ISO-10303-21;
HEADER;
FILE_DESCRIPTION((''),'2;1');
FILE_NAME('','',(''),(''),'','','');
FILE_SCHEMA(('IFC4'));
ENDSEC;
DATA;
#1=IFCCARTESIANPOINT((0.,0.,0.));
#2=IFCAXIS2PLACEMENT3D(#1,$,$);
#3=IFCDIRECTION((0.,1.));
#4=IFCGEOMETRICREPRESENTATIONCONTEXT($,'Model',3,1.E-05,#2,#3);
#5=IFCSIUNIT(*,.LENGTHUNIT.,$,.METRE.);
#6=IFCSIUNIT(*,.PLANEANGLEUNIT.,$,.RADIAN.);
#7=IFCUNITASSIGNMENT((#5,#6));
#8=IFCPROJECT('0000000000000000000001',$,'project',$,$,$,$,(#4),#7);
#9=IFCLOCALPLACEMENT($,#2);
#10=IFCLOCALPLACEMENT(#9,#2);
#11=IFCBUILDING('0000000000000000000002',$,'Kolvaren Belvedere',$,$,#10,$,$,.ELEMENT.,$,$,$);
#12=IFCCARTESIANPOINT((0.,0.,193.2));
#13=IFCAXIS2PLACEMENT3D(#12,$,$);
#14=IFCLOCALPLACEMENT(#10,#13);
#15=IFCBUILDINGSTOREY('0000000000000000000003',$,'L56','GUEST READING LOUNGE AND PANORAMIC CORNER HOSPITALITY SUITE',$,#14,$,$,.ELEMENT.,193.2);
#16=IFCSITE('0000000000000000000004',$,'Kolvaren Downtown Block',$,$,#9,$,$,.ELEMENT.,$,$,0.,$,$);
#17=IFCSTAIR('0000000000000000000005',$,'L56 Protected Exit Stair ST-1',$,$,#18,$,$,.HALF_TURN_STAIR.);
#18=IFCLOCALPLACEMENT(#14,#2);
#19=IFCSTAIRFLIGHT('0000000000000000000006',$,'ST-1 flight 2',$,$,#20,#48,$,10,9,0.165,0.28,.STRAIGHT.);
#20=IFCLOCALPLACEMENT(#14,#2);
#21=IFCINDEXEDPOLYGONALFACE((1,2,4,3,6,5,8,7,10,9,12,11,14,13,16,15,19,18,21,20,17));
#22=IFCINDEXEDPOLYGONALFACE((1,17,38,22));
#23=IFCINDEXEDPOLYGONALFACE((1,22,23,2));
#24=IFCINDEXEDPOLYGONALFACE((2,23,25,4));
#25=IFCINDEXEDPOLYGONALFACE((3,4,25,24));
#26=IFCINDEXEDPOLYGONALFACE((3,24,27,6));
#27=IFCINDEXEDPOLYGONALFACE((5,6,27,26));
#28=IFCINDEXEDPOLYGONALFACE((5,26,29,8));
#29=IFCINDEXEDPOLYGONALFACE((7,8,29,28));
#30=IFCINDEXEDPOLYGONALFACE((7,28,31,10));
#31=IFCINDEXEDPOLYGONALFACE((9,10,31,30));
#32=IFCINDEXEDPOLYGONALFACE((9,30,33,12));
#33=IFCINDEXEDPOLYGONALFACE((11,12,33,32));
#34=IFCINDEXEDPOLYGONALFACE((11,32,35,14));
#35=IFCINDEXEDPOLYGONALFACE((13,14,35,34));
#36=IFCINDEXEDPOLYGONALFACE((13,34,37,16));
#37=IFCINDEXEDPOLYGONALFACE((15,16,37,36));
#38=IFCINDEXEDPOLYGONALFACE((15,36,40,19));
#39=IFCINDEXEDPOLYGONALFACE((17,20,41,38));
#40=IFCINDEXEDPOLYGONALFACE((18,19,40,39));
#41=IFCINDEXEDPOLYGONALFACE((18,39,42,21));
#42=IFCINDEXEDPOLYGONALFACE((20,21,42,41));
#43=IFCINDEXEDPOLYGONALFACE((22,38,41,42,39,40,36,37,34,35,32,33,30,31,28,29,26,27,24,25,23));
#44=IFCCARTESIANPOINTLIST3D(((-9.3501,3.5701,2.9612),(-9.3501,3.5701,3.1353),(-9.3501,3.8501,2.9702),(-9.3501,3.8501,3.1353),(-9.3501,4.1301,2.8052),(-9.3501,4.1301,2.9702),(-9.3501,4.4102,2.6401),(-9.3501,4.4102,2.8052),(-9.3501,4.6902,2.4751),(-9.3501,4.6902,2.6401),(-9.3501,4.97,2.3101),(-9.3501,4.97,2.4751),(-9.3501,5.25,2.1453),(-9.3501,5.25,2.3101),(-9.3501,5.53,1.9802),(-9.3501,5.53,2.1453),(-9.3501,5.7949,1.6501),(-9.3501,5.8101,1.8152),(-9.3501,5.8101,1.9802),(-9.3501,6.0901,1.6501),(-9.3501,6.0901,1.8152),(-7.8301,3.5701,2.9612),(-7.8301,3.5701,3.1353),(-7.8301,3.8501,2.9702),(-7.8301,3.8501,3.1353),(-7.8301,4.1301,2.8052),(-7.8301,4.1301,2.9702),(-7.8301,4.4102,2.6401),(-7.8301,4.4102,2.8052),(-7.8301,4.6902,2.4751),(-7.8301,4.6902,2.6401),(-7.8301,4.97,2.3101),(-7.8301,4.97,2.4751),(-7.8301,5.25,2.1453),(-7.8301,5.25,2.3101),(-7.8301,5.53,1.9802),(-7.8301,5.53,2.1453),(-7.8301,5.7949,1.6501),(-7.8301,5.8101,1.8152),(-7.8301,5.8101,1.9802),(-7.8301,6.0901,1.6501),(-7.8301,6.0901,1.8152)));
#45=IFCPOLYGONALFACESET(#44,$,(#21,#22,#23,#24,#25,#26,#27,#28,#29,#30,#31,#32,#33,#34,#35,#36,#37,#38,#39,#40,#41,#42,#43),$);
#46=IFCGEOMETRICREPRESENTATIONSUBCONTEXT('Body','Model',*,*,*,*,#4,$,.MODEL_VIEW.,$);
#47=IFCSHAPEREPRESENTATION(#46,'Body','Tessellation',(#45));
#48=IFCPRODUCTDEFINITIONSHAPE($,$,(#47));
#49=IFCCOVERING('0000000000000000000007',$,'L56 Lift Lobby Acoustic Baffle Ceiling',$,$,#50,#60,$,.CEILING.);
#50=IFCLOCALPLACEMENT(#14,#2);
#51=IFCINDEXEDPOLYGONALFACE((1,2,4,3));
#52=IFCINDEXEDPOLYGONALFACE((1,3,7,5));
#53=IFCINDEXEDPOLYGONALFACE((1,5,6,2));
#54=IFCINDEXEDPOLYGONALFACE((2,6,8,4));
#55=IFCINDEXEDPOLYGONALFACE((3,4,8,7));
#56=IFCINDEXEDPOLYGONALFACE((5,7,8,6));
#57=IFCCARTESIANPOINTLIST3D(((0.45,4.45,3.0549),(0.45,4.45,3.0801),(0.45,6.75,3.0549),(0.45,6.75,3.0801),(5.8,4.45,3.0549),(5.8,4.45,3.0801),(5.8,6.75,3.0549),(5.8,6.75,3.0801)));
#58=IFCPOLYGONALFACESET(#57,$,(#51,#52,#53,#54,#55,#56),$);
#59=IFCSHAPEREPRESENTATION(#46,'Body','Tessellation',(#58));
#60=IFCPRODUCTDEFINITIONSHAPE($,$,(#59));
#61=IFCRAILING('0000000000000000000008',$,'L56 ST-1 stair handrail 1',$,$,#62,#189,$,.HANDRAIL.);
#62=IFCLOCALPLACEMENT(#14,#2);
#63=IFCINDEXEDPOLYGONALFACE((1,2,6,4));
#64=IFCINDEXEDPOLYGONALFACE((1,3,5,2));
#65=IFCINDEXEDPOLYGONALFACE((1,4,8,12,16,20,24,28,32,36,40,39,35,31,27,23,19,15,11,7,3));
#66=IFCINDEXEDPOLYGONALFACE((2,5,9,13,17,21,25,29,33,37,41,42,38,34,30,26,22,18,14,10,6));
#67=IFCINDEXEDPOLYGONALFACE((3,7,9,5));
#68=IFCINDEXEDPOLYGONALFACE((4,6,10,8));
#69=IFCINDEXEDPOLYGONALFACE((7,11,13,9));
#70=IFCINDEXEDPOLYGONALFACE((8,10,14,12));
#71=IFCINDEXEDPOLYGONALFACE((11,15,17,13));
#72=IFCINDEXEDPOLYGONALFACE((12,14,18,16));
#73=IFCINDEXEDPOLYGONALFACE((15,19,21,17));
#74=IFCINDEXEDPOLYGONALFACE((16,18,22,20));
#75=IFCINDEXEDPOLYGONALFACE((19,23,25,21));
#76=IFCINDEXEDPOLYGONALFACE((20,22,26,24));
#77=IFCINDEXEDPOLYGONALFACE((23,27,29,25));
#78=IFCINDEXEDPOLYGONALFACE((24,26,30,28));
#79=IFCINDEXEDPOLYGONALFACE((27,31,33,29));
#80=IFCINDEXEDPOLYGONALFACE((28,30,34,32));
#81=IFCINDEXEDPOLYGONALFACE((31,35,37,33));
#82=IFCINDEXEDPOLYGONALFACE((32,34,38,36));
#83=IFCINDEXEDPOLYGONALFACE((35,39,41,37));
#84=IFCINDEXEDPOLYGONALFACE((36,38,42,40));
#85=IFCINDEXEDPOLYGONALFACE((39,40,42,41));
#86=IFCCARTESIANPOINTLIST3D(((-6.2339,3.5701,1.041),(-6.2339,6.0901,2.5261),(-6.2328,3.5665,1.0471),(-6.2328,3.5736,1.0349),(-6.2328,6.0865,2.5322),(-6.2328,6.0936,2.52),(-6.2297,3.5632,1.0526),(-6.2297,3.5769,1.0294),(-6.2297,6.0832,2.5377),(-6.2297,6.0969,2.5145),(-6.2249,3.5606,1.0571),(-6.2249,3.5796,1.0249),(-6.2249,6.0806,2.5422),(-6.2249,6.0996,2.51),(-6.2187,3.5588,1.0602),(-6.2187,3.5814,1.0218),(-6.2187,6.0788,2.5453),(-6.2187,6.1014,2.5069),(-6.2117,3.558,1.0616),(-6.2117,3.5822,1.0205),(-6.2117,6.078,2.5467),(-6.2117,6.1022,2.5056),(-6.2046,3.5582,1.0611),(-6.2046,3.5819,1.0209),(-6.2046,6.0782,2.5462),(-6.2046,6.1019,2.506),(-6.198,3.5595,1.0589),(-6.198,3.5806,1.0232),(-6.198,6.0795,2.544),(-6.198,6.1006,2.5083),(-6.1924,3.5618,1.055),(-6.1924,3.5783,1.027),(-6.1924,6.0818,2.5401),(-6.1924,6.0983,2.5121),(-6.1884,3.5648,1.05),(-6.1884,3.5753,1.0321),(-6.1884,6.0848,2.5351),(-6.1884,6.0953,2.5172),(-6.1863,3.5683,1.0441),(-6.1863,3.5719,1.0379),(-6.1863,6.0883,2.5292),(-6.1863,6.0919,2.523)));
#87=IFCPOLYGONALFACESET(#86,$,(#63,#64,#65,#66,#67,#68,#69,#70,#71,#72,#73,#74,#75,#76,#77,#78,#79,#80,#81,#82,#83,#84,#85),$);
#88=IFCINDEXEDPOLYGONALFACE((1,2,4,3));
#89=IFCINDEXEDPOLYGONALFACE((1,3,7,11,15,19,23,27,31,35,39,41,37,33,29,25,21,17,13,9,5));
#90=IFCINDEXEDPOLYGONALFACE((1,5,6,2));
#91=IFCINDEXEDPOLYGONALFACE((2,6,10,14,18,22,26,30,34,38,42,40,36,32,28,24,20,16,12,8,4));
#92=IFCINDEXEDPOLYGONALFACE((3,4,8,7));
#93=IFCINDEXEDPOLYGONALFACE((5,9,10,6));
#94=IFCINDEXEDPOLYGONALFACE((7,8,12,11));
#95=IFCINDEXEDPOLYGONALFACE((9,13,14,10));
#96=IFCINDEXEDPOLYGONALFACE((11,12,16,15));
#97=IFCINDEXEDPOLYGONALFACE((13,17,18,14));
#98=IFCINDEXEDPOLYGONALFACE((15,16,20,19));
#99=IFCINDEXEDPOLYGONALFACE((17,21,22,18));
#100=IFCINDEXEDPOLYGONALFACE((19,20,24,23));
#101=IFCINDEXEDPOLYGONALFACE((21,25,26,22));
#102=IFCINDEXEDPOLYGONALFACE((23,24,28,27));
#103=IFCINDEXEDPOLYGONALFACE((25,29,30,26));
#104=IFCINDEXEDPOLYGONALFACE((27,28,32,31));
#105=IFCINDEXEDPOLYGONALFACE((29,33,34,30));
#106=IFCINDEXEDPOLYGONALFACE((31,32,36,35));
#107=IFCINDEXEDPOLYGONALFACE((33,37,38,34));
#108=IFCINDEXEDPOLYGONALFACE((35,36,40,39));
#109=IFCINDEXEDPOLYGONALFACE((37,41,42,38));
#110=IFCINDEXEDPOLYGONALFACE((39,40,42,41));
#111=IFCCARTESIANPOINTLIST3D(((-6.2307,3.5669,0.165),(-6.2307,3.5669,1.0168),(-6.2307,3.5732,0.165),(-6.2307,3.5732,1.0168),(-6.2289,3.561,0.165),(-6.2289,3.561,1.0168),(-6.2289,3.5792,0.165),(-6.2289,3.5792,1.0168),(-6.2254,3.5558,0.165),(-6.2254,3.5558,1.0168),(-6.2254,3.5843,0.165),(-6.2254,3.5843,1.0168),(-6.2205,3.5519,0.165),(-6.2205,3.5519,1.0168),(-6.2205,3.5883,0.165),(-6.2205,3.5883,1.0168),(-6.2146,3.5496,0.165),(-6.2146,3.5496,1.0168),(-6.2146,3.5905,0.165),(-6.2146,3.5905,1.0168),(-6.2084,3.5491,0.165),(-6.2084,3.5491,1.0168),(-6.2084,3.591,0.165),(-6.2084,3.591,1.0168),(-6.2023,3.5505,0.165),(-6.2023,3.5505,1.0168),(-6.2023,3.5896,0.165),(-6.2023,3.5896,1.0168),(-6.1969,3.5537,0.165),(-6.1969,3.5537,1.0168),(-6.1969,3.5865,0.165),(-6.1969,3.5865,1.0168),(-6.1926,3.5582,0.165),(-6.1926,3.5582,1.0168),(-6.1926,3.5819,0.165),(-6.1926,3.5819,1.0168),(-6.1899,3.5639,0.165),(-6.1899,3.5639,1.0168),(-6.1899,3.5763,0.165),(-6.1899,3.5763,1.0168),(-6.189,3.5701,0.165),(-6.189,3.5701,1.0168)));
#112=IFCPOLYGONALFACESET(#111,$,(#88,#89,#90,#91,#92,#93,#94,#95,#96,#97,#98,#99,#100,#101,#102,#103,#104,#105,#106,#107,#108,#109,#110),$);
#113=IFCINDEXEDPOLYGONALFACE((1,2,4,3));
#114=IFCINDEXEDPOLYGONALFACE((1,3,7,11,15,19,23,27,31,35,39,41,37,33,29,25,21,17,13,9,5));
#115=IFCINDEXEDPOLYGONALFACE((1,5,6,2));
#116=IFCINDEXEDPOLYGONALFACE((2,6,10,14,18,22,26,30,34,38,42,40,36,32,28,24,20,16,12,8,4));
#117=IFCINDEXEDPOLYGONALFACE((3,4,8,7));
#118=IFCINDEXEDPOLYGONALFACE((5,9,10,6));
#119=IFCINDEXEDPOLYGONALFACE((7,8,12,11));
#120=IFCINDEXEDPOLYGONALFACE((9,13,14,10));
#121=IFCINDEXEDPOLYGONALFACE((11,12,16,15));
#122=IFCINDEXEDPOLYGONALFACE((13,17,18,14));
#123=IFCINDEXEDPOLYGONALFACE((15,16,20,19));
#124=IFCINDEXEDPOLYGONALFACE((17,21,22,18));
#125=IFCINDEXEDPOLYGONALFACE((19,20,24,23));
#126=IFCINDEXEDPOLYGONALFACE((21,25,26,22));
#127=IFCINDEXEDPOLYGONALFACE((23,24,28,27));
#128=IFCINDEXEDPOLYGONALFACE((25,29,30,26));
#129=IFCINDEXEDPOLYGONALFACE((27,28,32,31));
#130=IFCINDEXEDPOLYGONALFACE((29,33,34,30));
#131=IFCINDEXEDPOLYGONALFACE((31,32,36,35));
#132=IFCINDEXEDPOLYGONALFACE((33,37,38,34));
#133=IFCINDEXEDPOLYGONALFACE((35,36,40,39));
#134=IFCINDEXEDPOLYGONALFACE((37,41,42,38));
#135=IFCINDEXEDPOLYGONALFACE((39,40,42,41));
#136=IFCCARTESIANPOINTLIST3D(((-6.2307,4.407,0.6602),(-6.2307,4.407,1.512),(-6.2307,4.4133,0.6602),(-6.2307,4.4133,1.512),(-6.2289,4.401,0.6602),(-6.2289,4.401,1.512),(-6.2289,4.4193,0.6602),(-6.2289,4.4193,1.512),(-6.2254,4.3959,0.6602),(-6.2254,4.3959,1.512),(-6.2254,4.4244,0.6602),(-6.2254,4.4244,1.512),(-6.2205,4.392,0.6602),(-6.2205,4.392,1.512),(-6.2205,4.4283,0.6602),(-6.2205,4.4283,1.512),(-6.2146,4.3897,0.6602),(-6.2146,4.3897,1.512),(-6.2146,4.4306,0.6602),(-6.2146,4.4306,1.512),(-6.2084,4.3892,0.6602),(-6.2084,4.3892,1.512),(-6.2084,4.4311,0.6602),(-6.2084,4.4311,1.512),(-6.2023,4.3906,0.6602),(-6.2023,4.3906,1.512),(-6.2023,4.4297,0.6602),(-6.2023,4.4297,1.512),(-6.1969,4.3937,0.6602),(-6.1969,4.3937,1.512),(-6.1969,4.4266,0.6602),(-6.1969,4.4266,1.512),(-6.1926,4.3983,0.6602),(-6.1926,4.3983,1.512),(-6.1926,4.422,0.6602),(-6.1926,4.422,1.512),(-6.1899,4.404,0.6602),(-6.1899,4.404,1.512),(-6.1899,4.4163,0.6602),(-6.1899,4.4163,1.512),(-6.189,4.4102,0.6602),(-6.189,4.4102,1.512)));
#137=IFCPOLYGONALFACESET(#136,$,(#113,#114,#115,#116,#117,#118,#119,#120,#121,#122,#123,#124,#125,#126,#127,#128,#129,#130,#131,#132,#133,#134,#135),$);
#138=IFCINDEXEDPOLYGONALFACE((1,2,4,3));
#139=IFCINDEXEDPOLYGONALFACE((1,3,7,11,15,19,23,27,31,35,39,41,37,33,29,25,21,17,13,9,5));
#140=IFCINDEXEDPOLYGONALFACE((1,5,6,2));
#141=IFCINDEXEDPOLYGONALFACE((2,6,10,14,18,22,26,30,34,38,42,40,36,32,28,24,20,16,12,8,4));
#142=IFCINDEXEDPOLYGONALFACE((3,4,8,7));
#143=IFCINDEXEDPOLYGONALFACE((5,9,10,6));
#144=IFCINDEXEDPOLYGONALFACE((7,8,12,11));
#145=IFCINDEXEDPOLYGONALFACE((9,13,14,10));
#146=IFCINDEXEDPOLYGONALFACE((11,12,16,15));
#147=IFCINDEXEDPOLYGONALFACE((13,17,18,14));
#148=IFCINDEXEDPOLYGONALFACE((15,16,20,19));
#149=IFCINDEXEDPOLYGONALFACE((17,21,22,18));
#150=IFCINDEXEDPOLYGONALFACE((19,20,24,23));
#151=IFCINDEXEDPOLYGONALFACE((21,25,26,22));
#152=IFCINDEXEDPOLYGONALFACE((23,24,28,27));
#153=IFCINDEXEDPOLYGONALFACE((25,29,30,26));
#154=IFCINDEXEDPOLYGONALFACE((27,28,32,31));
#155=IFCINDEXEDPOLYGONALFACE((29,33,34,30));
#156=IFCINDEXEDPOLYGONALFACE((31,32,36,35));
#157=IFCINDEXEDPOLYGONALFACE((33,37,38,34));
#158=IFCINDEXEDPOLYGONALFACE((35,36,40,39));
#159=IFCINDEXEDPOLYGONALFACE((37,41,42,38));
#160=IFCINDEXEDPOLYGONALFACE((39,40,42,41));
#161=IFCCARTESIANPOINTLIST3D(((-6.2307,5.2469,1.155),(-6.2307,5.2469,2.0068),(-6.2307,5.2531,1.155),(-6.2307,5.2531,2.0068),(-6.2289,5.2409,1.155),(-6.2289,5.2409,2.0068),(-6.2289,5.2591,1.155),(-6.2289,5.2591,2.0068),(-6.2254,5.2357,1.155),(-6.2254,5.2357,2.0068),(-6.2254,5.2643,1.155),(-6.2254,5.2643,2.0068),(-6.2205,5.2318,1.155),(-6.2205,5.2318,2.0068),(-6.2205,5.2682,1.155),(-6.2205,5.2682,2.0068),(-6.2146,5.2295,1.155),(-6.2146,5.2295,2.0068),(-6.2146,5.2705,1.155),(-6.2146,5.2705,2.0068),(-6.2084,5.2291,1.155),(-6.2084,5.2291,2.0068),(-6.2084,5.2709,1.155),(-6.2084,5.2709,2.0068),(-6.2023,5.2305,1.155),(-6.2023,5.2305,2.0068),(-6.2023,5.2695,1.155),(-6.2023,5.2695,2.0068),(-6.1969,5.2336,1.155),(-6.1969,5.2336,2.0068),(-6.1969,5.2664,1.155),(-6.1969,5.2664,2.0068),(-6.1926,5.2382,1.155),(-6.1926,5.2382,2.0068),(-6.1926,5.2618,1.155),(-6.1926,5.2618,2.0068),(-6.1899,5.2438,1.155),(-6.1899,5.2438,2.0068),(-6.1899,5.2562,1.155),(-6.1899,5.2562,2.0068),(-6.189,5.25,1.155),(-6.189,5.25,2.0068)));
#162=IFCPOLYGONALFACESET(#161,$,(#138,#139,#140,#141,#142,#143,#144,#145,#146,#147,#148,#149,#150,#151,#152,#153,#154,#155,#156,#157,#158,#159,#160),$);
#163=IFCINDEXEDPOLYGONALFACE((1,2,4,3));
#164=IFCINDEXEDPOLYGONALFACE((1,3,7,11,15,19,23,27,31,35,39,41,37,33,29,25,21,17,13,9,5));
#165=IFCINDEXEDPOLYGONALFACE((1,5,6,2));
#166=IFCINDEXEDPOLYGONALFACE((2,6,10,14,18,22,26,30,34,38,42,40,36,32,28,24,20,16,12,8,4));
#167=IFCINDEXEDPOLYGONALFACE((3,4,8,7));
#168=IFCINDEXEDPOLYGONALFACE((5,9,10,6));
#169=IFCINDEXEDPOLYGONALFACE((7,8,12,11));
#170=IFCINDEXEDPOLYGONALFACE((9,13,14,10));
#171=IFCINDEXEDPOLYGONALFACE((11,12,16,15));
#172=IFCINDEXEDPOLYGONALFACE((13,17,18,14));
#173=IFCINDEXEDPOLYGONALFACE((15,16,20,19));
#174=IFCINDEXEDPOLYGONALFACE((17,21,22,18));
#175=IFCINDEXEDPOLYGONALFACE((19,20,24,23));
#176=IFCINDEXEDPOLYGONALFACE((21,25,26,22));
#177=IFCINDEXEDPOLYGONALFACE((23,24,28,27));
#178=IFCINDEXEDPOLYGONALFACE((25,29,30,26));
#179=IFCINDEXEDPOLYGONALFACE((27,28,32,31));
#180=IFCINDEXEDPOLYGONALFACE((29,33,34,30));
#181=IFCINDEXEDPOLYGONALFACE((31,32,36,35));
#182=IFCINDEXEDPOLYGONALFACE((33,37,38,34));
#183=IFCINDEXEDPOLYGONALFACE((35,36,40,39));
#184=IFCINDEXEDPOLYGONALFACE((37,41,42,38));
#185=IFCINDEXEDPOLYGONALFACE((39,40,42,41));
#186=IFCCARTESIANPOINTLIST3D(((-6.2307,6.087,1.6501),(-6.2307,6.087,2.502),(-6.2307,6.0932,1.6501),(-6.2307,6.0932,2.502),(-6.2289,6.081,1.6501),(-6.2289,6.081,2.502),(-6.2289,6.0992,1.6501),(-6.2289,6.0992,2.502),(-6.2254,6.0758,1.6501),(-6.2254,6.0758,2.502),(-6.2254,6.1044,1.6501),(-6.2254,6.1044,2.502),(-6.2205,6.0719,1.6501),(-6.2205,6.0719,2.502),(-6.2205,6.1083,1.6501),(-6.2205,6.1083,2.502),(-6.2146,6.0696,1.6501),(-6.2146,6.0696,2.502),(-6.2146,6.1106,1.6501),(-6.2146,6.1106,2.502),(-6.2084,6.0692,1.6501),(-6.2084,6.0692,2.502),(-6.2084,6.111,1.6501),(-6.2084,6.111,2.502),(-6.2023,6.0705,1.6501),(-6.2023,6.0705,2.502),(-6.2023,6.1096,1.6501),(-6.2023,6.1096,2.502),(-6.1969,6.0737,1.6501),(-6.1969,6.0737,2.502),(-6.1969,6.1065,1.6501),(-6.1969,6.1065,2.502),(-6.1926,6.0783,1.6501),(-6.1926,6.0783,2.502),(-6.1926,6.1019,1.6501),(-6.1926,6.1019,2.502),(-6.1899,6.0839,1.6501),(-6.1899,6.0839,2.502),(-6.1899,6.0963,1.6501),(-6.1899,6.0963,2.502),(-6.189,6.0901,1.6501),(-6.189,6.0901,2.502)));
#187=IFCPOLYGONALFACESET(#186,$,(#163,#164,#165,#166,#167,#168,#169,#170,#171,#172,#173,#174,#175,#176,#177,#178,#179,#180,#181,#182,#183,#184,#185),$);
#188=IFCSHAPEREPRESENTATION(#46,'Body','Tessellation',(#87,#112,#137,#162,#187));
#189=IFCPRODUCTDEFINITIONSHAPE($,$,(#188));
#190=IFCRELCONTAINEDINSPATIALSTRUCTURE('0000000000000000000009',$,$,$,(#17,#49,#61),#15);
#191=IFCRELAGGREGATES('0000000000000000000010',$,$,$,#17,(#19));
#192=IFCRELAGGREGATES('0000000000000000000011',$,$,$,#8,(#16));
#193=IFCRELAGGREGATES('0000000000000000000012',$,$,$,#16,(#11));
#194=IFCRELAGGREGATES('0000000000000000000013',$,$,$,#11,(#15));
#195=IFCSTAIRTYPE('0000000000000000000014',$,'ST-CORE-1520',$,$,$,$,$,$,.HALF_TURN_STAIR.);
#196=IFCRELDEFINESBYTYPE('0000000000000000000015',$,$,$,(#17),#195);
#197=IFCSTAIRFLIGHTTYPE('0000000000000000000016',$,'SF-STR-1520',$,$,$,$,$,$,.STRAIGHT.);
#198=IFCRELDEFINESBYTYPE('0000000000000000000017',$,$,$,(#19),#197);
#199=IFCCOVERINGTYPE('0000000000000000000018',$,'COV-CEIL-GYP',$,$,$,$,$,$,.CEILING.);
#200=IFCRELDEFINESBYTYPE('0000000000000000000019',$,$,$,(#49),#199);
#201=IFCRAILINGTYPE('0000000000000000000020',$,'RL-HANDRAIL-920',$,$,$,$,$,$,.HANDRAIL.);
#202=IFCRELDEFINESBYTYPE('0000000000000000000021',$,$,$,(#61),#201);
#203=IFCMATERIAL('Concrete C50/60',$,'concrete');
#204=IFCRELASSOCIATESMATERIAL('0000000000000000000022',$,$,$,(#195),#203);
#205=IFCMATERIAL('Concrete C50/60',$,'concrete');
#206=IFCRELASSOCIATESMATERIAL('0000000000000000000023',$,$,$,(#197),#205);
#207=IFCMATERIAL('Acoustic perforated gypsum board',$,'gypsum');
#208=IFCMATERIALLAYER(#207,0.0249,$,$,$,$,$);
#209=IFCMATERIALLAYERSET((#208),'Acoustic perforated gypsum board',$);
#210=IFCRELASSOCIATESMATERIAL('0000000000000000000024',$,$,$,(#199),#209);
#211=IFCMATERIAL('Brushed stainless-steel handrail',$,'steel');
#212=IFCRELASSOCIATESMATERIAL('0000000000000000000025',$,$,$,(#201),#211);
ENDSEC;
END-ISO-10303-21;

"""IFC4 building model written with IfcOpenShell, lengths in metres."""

from ifc_helpers import new_model, si_unit, direction, frame, origin, origin_2d, place, context, subcontext, project, spatial, polyline, circle, outline, extrude, material, layer, layer_set, type_object, element, aggregate, save


model = new_model("IFC4")

# Units and contexts
model_context = context("Model", 3, precision=1e-05, world=origin(), true_north=direction((0.0, 1.0)))
body_context = subcontext(model_context, "Body", "Model", "MODEL_VIEW")
ifc_project = project(units=[si_unit("LENGTHUNIT", "METRE"), si_unit("PLANEANGLEUNIT", "RADIAN")], contexts=[model_context])

# Site, building, storey
site_placement = place(None, origin())
site = spatial("IfcSite", under=ifc_project, at=site_placement, Name="Kolvaren Downtown Block", CompositionType="ELEMENT", RefElevation=0.0)
building_placement = place(site_placement, origin())
building = spatial("IfcBuilding", under=site, at=building_placement, Name="Kolvaren Belvedere", CompositionType="ELEMENT")
storey_placement = place(building_placement, frame((0.0, 0.0, 193.2)))
storey = spatial("IfcBuildingStorey", under=building, at=storey_placement, Name="L56", Description="GUEST READING LOUNGE AND PANORAMIC CORNER HOSPITALITY SUITE", CompositionType="ELEMENT", Elevation=193.2)

# Stair
ifc_material_1 = material(Name="Concrete C50/60", Category="concrete")
stair_type = type_object("IfcStairType", Name="ST-CORE-1520", PredefinedType="HALF_TURN_STAIR", material=ifc_material_1)
stair_1_placement = place(storey_placement, origin())
stair_1 = element("IfcStair", 1, at=stair_1_placement, inside=storey, type_object=stair_type, Name="L56 Protected Exit Stair ST-1", PredefinedType="HALF_TURN_STAIR")

# Stair flight
ifc_material_2 = material(Name="Concrete C50/60", Category="concrete")
stair_flight_type = type_object("IfcStairFlightType", Name="SF-STR-1520", PredefinedType="STRAIGHT", material=ifc_material_2)
stair_flight_1_placement = place(storey_placement, frame((-8.5901, 6.0901, 1.6501), z_axis=(0.0, 0.0, 1.0), x_axis=(0.0, -1.0, 0.0)))
stair_flight_1 = element("IfcStairFlight", 2, at=stair_flight_1_placement, type_object=stair_flight_type, Name="ST-1 flight 2", NumberOfRisers=10, NumberOfTreads=9, PredefinedType="STRAIGHT", RiserHeight=0.165, TreadLength=0.28, context=body_context, shape_type="SweptSolid", body=[
    extrude(outline(polyline([(0.0, 0.0), (0.0, 0.165), (0.28, 0.165), (0.28, 0.3301), (0.5601, 0.3301), (0.5601, 0.4951), (0.8401, 0.4951), (0.8401, 0.6599), (1.1201, 0.6599), (1.1201, 0.825), (1.3999, 0.825), (1.3999, 0.99), (1.6799, 0.99), (1.6799, 1.155), (1.96, 1.155), (1.96, 1.3201), (2.24, 1.3201), (2.24, 1.4851), (2.52, 1.4851), (2.52, 1.6499), (2.52, 1.311), (0.2952, 0.0), (0.0, 0.0)])), frame((0.0, 0.76, 0.0), z_axis=(0.0, -1.0, 0.0), x_axis=(1.0, 0.0, 0.0)), (0.0, 0.0, 1.0), 1.52),
])
aggregate(stair_1, [stair_flight_1])

# Covering
ifc_material_3 = material(Name="Acoustic perforated gypsum board", Category="gypsum")
ifc_layer_1 = layer(ifc_material_3, 0.0249)
ifc_layer_set_1 = layer_set([ifc_layer_1], Name="Acoustic perforated gypsum board")
covering_type = type_object("IfcCoveringType", Name="COV-CEIL-GYP", PredefinedType="CEILING", material=ifc_layer_set_1)
covering_placement = place(storey_placement, frame((0.0, 0.0, 3.0549)))
element("IfcCovering", 3, at=covering_placement, inside=storey, type_object=covering_type, Name="L56 Lift Lobby Acoustic Baffle Ceiling", PredefinedType="CEILING", context=body_context, shape_type="SweptSolid", body=[
    extrude(outline(polyline([(0.45, 4.45), (5.8, 4.45), (5.8, 6.75), (0.45, 6.75), (0.45, 4.45)])), origin(), (0.0, 0.0, 1.0), 0.0251),
])

# Railing
ifc_material_4 = material(Name="Brushed stainless-steel handrail", Category="steel")
railing_type_1 = type_object("IfcRailingType", Name="RL-HANDRAIL-920", PredefinedType="HANDRAIL", material=ifc_material_4)
railing_1_placement = place(storey_placement, frame((-6.21, 3.5701, 0.165)))
element("IfcRailing", 4, at=railing_1_placement, inside=storey, type_object=railing_type_1, Name="L56 ST-1 stair handrail 1", PredefinedType="HANDRAIL", context=body_context, shape_type="SweptSolid", body=[
    extrude(circle(Radius=0.0239, at=origin_2d()), frame((0.0, 0.0, 0.876), z_axis=(0.0, 0.861524, 0.507717), x_axis=(-1.0, 0.0, 0.0)), (0.0, 0.0, 1.0), 2.925),
    extrude(circle(Radius=0.021, at=origin_2d()), origin(), (0.0, 0.0, 1.0), 0.8518),
    extrude(circle(Radius=0.021, at=origin_2d()), frame((0.0, 0.8401, 0.4951)), (0.0, 0.0, 1.0), 0.8518),
    extrude(circle(Radius=0.021, at=origin_2d()), frame((0.0, 1.6799, 0.99)), (0.0, 0.0, 1.0), 0.8518),
    extrude(circle(Radius=0.021, at=origin_2d()), frame((0.0, 2.52, 1.4851)), (0.0, 0.0, 1.0), 0.8518),
])

save(model, "model.ifc")
